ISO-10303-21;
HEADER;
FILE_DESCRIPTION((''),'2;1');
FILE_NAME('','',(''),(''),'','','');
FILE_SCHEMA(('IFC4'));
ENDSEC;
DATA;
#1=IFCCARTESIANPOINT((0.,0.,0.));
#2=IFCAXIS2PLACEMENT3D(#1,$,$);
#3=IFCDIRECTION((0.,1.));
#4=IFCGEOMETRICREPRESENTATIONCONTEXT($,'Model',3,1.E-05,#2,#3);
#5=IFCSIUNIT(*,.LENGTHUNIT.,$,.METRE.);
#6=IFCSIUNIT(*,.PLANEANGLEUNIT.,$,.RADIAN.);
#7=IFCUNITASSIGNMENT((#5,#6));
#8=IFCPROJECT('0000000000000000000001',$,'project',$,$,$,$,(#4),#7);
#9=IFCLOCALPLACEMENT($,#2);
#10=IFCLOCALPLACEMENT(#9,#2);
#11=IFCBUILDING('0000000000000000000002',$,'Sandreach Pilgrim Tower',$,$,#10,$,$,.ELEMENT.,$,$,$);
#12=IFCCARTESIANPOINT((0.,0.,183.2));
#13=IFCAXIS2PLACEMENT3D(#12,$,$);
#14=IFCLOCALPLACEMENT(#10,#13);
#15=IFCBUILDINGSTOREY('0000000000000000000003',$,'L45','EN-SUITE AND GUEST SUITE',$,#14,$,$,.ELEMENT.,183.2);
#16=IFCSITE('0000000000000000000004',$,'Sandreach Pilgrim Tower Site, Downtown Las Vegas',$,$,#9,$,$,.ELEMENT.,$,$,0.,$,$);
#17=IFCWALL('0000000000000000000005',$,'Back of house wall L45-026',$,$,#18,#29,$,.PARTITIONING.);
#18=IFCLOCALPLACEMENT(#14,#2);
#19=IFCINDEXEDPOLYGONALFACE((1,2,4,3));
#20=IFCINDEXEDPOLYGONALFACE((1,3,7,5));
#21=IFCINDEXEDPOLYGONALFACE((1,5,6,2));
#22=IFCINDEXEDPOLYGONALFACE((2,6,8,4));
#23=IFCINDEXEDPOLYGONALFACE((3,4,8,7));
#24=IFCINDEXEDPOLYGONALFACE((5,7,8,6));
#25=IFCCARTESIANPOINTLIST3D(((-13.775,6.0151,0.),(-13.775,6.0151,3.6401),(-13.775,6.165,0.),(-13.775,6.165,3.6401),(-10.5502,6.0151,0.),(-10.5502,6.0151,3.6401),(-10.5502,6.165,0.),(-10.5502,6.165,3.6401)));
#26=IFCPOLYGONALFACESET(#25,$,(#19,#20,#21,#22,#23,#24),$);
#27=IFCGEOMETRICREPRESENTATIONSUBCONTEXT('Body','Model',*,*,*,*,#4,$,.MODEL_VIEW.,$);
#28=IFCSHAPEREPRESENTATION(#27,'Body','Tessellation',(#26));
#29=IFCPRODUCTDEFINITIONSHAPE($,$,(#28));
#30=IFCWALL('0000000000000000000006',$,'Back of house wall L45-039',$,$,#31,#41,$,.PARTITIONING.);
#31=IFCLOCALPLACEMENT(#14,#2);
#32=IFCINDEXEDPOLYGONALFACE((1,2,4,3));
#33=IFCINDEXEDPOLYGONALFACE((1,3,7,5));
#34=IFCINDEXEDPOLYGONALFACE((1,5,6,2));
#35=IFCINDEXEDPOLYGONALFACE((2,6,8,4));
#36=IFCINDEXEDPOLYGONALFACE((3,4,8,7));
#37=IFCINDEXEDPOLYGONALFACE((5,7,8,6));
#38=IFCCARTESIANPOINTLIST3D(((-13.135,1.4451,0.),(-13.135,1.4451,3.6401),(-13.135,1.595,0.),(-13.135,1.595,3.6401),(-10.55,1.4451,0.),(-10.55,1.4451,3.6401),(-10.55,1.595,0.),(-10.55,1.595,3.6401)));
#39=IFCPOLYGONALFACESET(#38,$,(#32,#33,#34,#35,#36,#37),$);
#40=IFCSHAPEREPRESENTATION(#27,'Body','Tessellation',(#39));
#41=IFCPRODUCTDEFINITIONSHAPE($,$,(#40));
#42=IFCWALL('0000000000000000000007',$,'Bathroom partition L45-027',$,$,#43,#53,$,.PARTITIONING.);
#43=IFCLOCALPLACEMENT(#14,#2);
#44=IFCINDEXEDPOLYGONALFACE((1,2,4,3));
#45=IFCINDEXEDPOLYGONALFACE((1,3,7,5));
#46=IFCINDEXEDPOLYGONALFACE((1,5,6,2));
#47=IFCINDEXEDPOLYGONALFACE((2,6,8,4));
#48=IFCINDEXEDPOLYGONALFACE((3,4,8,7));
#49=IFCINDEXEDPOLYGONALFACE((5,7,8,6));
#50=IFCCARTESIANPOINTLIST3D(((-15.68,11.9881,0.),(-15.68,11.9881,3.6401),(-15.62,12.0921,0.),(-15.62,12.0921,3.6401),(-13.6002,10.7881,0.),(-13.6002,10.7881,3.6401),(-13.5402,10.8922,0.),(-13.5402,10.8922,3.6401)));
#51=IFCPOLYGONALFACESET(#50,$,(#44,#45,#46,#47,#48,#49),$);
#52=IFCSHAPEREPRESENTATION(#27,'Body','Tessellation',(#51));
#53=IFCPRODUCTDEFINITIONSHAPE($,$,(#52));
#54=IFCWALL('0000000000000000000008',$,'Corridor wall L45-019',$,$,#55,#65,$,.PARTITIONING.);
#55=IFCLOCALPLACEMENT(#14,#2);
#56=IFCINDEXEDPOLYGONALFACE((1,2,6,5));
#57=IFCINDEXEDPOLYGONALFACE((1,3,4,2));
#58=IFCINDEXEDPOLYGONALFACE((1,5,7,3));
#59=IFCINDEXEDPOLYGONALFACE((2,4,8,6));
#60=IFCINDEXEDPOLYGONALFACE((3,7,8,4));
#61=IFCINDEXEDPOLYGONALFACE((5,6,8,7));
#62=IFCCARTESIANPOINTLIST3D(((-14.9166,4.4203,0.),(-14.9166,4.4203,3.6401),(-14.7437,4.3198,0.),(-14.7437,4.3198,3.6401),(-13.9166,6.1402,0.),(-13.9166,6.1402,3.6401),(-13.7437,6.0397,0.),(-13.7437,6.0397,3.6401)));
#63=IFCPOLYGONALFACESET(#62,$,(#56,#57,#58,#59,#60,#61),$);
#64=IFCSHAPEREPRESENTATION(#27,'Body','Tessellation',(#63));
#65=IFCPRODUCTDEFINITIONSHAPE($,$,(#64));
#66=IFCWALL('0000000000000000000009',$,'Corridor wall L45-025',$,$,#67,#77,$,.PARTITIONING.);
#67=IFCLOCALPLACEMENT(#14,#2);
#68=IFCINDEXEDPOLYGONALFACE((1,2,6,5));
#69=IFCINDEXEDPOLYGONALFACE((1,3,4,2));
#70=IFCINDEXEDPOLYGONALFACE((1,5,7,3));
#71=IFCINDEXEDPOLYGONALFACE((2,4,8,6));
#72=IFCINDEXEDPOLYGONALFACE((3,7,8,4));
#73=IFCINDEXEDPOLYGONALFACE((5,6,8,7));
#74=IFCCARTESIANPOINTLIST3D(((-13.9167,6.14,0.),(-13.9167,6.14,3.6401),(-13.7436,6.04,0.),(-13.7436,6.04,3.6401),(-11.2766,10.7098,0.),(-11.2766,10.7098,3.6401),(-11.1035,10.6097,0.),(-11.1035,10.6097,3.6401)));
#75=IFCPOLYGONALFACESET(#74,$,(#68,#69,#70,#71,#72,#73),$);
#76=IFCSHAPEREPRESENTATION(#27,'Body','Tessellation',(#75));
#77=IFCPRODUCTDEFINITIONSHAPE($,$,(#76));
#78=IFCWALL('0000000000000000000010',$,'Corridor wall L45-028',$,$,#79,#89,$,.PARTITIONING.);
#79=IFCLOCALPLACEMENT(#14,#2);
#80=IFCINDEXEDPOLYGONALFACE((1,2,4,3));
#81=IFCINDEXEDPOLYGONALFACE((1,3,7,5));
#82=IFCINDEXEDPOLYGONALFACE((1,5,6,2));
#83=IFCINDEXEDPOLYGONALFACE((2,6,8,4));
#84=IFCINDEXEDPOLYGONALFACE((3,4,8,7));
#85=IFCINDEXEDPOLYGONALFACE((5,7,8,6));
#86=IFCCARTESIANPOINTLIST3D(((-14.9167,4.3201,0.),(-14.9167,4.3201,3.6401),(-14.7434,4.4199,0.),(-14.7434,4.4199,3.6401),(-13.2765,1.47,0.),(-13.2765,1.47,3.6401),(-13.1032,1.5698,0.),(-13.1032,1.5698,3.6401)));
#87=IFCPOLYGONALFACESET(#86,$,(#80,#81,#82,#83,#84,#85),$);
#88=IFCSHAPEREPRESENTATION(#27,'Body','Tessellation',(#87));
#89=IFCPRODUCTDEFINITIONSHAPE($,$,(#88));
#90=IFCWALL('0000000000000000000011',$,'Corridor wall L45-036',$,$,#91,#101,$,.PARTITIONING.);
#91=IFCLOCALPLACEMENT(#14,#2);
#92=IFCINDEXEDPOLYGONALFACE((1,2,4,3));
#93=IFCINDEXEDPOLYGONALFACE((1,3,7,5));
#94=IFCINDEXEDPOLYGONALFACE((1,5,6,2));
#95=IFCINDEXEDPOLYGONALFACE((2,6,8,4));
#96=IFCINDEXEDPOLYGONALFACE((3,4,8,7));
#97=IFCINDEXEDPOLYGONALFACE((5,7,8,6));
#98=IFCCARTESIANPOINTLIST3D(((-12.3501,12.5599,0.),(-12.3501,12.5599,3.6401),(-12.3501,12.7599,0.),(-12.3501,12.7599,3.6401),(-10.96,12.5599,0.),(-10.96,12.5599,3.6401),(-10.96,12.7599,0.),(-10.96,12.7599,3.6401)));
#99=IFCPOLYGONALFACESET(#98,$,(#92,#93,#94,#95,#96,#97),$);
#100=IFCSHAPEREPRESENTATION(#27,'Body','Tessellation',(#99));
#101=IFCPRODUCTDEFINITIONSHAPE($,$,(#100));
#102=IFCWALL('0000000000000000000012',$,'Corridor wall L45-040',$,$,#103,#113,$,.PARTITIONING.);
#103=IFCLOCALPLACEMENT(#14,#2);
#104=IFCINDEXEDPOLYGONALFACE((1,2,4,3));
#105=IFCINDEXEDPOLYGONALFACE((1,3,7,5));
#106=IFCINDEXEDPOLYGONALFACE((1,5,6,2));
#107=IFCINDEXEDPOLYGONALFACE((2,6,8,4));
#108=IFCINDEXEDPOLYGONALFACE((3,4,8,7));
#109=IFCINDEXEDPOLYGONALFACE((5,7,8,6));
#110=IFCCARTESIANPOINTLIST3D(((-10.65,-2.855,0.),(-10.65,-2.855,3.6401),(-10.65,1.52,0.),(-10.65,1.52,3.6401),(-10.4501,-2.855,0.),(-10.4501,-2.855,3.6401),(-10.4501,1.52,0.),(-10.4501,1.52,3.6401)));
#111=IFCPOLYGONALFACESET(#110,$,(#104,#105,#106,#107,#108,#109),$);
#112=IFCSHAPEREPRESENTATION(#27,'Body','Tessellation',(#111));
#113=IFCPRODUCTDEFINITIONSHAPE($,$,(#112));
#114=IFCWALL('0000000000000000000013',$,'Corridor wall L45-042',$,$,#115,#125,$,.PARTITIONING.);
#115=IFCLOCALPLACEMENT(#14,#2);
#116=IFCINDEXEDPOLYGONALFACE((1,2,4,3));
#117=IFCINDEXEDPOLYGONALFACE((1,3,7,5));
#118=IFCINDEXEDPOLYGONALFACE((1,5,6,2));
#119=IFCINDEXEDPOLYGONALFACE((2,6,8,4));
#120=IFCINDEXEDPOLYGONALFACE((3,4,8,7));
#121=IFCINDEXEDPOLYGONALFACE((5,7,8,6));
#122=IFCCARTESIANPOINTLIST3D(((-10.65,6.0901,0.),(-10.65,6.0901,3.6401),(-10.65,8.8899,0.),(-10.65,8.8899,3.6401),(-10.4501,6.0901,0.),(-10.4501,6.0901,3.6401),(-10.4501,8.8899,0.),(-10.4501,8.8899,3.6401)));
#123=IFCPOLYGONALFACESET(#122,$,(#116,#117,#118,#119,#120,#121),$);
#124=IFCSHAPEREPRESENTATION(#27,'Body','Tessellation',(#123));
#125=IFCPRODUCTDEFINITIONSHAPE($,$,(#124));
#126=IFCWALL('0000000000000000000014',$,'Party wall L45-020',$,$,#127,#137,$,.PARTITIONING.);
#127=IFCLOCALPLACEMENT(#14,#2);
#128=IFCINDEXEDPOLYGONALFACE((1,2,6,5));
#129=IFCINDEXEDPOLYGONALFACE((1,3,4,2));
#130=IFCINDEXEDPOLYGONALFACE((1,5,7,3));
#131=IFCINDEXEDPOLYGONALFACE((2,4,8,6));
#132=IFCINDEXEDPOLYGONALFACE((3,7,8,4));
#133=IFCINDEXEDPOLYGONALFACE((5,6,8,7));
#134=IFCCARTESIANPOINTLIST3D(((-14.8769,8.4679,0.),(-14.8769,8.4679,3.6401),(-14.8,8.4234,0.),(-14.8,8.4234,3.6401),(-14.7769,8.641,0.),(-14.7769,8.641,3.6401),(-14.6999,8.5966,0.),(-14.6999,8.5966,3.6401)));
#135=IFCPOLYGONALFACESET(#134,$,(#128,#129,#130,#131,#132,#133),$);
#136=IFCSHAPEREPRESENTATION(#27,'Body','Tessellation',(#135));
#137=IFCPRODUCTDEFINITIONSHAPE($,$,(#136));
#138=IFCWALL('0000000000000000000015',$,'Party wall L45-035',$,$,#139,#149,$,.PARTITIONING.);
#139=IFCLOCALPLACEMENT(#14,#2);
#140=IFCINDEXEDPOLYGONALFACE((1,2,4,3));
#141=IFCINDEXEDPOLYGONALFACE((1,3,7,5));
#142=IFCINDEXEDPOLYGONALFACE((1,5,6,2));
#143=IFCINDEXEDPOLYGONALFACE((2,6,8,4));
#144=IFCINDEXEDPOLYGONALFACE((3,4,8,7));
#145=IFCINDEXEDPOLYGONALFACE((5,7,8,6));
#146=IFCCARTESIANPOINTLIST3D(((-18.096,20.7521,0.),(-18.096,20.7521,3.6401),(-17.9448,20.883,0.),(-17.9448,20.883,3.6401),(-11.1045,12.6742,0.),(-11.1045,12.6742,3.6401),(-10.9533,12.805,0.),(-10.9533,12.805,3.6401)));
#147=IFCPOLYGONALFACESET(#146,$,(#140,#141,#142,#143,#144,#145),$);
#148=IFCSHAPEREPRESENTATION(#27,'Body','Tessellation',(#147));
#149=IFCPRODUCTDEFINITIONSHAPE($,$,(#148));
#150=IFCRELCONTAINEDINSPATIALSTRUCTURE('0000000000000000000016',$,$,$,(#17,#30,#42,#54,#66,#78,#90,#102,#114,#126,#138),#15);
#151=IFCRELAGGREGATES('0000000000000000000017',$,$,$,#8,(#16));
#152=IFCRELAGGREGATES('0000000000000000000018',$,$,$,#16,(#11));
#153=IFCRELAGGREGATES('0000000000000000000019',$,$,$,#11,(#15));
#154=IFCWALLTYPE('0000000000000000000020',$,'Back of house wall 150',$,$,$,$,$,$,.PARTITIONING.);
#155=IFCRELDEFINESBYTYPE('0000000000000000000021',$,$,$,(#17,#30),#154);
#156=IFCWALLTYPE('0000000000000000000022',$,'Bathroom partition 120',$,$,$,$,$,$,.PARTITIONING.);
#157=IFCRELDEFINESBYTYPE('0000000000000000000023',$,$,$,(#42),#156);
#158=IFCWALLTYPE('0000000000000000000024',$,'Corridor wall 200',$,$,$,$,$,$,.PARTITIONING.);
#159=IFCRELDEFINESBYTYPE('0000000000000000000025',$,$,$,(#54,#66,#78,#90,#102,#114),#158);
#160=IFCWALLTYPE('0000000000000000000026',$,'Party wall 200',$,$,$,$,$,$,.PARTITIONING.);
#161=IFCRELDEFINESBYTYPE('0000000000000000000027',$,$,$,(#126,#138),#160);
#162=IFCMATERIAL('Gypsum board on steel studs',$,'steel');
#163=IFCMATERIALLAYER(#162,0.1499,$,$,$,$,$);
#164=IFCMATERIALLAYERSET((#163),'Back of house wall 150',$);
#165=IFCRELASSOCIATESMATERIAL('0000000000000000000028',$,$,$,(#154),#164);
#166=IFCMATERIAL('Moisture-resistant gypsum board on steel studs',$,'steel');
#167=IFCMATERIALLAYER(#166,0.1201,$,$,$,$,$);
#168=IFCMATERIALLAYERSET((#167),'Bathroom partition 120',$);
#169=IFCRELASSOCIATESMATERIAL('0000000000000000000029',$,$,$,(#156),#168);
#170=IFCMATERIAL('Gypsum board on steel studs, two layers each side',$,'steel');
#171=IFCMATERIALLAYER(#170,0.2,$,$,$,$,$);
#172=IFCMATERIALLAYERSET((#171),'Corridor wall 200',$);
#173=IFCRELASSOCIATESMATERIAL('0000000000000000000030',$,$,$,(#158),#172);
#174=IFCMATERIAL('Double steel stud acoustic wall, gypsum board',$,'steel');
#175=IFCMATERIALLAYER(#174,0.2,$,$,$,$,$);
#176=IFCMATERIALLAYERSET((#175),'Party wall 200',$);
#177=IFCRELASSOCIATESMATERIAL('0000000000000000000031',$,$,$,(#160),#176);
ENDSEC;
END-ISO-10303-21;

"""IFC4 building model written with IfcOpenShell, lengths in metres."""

from ifc_helpers import new_model, si_unit, direction, frame, frame_2d, origin, place, context, subcontext, project, spatial, rectangle, extrude, material, layer, layer_set, type_object, element, save


model = new_model("IFC4")

# Units and contexts
model_context = context("Model", 3, precision=1e-05, world=origin(), true_north=direction((0.0, 1.0)))
body_context = subcontext(model_context, "Body", "Model", "MODEL_VIEW")
ifc_project = project(units=[si_unit("LENGTHUNIT", "METRE"), si_unit("PLANEANGLEUNIT", "RADIAN")], contexts=[model_context])

# Site, building, storey
site_placement = place(None, origin())
site = spatial("IfcSite", under=ifc_project, at=site_placement, Name="Sandreach Pilgrim Tower Site, Downtown Las Vegas", CompositionType="ELEMENT", RefElevation=0.0)
building_placement = place(site_placement, origin())
building = spatial("IfcBuilding", under=site, at=building_placement, Name="Sandreach Pilgrim Tower", CompositionType="ELEMENT")
storey_placement = place(building_placement, frame((0.0, 0.0, 183.2)))
storey = spatial("IfcBuildingStorey", under=building, at=storey_placement, Name="L45", Description="EN-SUITE AND GUEST SUITE", CompositionType="ELEMENT", Elevation=183.2)

# Walls
ifc_material_1 = material(Name="Gypsum board on steel studs", Category="steel")
ifc_layer_1 = layer(ifc_material_1, 0.1499)
ifc_layer_set_1 = layer_set([ifc_layer_1], Name="Back of house wall 150")
wall_type_1 = type_object("IfcWallType", Name="Back of house wall 150", PredefinedType="PARTITIONING", material=ifc_layer_set_1)
wall_1_placement = place(storey_placement, frame((-13.7749, 6.0901, 0.0), z_axis=(0.0, 0.0, 1.0), x_axis=(1.0, 0.0, 0.0)))
element("IfcWall", 1, at=wall_1_placement, inside=storey, type_object=wall_type_1, Name="Back of house wall L45-026", PredefinedType="PARTITIONING", context=body_context, shape_type="SweptSolid", body=[
    extrude(rectangle(XDim=3.2249, YDim=0.1499, at=frame_2d((1.6123, 0.0))), origin(), (0.0, 0.0, 1.0), 3.6401),
])
wall_2_placement = place(storey_placement, frame((-10.55, 1.52, 0.0), z_axis=(0.0, 0.0, 1.0), x_axis=(-1.0, 0.0, 0.0)))
element("IfcWall", 2, at=wall_2_placement, inside=storey, type_object=wall_type_1, Name="Back of house wall L45-039", PredefinedType="PARTITIONING", context=body_context, shape_type="SweptSolid", body=[
    extrude(rectangle(XDim=2.585, YDim=0.1499, at=frame_2d((1.2925, 0.0))), origin(), (0.0, 0.0, 1.0), 3.6401),
])
ifc_material_2 = material(Name="Moisture-resistant gypsum board on steel studs", Category="steel")
ifc_layer_2 = layer(ifc_material_2, 0.1201)
ifc_layer_set_2 = layer_set([ifc_layer_2], Name="Bathroom partition 120")
wall_type_2 = type_object("IfcWallType", Name="Bathroom partition 120", PredefinedType="PARTITIONING", material=ifc_layer_set_2)
wall_3_placement = place(storey_placement, frame((-13.5701, 10.8401, 0.0), z_axis=(0.0, 0.0, 1.0), x_axis=(-0.866177, 0.499737, 0.0)))
element("IfcWall", 3, at=wall_3_placement, inside=storey, type_object=wall_type_2, Name="Bathroom partition L45-027", PredefinedType="PARTITIONING", context=body_context, shape_type="SweptSolid", body=[
    extrude(rectangle(XDim=2.4011, YDim=0.1201, at=frame_2d((1.2007, 0.0))), origin(), (0.0, 0.0, 1.0), 3.6401),
])
ifc_material_3 = material(Name="Gypsum board on steel studs, two layers each side", Category="steel")
ifc_layer_3 = layer(ifc_material_3, 0.2)
ifc_layer_set_3 = layer_set([ifc_layer_3], Name="Corridor wall 200")
wall_type_3 = type_object("IfcWallType", Name="Corridor wall 200", PredefinedType="PARTITIONING", material=ifc_layer_set_3)
wall_4_placement = place(storey_placement, frame((-14.8301, 4.3701, 0.0), z_axis=(0.0, 0.0, 1.0), x_axis=(0.502627, 0.864503, 0.0)))
element("IfcWall", 4, at=wall_4_placement, inside=storey, type_object=wall_type_3, Name="Corridor wall L45-019", PredefinedType="PARTITIONING", context=body_context, shape_type="SweptSolid", body=[
    extrude(rectangle(XDim=1.9895, YDim=0.2, at=frame_2d((0.9946, 0.0))), origin(), (0.0, 0.0, 1.0), 3.6401),
])

# Walls
wall_5_placement = place(storey_placement, frame((-13.8301, 6.0901, 0.0), z_axis=(0.0, 0.0, 1.0), x_axis=(0.500248, 0.865882, 0.0)))
element("IfcWall", 5, at=wall_5_placement, inside=storey, type_object=wall_type_3, Name="Corridor wall L45-025", PredefinedType="PARTITIONING", context=body_context, shape_type="SweptSolid", body=[
    extrude(rectangle(XDim=5.2776, YDim=0.2, at=frame_2d((2.6387, 0.0))), origin(), (0.0, 0.0, 1.0), 3.6401),
])
wall_6_placement = place(storey_placement, frame((-13.1899, 1.52, 0.0), z_axis=(0.0, 0.0, 1.0), x_axis=(-0.498775, 0.866731, 0.0)))
element("IfcWall", 6, at=wall_6_placement, inside=storey, type_object=wall_type_3, Name="Corridor wall L45-028", PredefinedType="PARTITIONING", context=body_context, shape_type="SweptSolid", body=[
    extrude(rectangle(XDim=3.2883, YDim=0.2, at=frame_2d((1.644, 0.0))), origin(), (0.0, 0.0, 1.0), 3.6401),
])

# Walls
wall_7_placement = place(storey_placement, frame((-10.96, 12.6599, 0.0), z_axis=(0.0, 0.0, 1.0), x_axis=(-1.0, 0.0, 0.0)))
element("IfcWall", 7, at=wall_7_placement, inside=storey, type_object=wall_type_3, Name="Corridor wall L45-036", PredefinedType="PARTITIONING", context=body_context, shape_type="SweptSolid", body=[
    extrude(rectangle(XDim=1.3901, YDim=0.2, at=frame_2d((0.6951, 0.0))), origin(), (0.0, 0.0, 1.0), 3.6401),
])
wall_8_placement = place(storey_placement, frame((-10.55, 1.52, 0.0), z_axis=(0.0, 0.0, 1.0), x_axis=(0.0, -1.0, 0.0)))
element("IfcWall", 8, at=wall_8_placement, inside=storey, type_object=wall_type_3, Name="Corridor wall L45-040", PredefinedType="PARTITIONING", context=body_context, shape_type="SweptSolid", body=[
    extrude(rectangle(XDim=4.375, YDim=0.2, at=frame_2d((2.1875, 0.0))), origin(), (0.0, 0.0, 1.0), 3.6401),
])

# Walls
wall_9_placement = place(storey_placement, frame((-10.55, 8.8899, 0.0), z_axis=(0.0, 0.0, 1.0), x_axis=(0.0, -1.0, 0.0)))
element("IfcWall", 9, at=wall_9_placement, inside=storey, type_object=wall_type_3, Name="Corridor wall L45-042", PredefinedType="PARTITIONING", context=body_context, shape_type="SweptSolid", body=[
    extrude(rectangle(XDim=2.7998, YDim=0.2, at=frame_2d((1.3999, 0.0))), origin(), (0.0, 0.0, 1.0), 3.6401),
])
ifc_material_4 = material(Name="Double steel stud acoustic wall, gypsum board", Category="steel")
ifc_layer_4 = layer(ifc_material_4, 0.2)
ifc_layer_set_4 = layer_set([ifc_layer_4], Name="Party wall 200")
wall_type_4 = type_object("IfcWallType", Name="Party wall 200", PredefinedType="PARTITIONING", material=ifc_layer_set_4)
wall_10_placement = place(storey_placement, frame((-14.8269, 8.5544, 0.0), z_axis=(0.0, 0.0, 1.0), x_axis=(0.865865, -0.500278, 0.0)))
element("IfcWall", 10, at=wall_10_placement, inside=storey, type_object=wall_type_4, Name="Party wall L45-020", PredefinedType="PARTITIONING", context=body_context, shape_type="SweptSolid", body=[
    extrude(rectangle(XDim=0.0889, YDim=0.2, at=frame_2d((0.0444, 0.0))), origin(), (0.0, 0.0, 1.0), 3.6401),
])
wall_11_placement = place(storey_placement, frame((-11.0288, 12.7395, 0.0), z_axis=(0.0, 0.0, 1.0), x_axis=(-0.654429, 0.756123, 0.0)))
element("IfcWall", 11, at=wall_11_placement, inside=storey, type_object=wall_type_4, Name="Party wall L45-035", PredefinedType="PARTITIONING", context=body_context, shape_type="SweptSolid", body=[
    extrude(rectangle(XDim=10.6833, YDim=0.2, at=frame_2d((5.3418, 0.0))), origin(), (0.0, 0.0, 1.0), 3.6401),
])

save(model, "model.ifc")
